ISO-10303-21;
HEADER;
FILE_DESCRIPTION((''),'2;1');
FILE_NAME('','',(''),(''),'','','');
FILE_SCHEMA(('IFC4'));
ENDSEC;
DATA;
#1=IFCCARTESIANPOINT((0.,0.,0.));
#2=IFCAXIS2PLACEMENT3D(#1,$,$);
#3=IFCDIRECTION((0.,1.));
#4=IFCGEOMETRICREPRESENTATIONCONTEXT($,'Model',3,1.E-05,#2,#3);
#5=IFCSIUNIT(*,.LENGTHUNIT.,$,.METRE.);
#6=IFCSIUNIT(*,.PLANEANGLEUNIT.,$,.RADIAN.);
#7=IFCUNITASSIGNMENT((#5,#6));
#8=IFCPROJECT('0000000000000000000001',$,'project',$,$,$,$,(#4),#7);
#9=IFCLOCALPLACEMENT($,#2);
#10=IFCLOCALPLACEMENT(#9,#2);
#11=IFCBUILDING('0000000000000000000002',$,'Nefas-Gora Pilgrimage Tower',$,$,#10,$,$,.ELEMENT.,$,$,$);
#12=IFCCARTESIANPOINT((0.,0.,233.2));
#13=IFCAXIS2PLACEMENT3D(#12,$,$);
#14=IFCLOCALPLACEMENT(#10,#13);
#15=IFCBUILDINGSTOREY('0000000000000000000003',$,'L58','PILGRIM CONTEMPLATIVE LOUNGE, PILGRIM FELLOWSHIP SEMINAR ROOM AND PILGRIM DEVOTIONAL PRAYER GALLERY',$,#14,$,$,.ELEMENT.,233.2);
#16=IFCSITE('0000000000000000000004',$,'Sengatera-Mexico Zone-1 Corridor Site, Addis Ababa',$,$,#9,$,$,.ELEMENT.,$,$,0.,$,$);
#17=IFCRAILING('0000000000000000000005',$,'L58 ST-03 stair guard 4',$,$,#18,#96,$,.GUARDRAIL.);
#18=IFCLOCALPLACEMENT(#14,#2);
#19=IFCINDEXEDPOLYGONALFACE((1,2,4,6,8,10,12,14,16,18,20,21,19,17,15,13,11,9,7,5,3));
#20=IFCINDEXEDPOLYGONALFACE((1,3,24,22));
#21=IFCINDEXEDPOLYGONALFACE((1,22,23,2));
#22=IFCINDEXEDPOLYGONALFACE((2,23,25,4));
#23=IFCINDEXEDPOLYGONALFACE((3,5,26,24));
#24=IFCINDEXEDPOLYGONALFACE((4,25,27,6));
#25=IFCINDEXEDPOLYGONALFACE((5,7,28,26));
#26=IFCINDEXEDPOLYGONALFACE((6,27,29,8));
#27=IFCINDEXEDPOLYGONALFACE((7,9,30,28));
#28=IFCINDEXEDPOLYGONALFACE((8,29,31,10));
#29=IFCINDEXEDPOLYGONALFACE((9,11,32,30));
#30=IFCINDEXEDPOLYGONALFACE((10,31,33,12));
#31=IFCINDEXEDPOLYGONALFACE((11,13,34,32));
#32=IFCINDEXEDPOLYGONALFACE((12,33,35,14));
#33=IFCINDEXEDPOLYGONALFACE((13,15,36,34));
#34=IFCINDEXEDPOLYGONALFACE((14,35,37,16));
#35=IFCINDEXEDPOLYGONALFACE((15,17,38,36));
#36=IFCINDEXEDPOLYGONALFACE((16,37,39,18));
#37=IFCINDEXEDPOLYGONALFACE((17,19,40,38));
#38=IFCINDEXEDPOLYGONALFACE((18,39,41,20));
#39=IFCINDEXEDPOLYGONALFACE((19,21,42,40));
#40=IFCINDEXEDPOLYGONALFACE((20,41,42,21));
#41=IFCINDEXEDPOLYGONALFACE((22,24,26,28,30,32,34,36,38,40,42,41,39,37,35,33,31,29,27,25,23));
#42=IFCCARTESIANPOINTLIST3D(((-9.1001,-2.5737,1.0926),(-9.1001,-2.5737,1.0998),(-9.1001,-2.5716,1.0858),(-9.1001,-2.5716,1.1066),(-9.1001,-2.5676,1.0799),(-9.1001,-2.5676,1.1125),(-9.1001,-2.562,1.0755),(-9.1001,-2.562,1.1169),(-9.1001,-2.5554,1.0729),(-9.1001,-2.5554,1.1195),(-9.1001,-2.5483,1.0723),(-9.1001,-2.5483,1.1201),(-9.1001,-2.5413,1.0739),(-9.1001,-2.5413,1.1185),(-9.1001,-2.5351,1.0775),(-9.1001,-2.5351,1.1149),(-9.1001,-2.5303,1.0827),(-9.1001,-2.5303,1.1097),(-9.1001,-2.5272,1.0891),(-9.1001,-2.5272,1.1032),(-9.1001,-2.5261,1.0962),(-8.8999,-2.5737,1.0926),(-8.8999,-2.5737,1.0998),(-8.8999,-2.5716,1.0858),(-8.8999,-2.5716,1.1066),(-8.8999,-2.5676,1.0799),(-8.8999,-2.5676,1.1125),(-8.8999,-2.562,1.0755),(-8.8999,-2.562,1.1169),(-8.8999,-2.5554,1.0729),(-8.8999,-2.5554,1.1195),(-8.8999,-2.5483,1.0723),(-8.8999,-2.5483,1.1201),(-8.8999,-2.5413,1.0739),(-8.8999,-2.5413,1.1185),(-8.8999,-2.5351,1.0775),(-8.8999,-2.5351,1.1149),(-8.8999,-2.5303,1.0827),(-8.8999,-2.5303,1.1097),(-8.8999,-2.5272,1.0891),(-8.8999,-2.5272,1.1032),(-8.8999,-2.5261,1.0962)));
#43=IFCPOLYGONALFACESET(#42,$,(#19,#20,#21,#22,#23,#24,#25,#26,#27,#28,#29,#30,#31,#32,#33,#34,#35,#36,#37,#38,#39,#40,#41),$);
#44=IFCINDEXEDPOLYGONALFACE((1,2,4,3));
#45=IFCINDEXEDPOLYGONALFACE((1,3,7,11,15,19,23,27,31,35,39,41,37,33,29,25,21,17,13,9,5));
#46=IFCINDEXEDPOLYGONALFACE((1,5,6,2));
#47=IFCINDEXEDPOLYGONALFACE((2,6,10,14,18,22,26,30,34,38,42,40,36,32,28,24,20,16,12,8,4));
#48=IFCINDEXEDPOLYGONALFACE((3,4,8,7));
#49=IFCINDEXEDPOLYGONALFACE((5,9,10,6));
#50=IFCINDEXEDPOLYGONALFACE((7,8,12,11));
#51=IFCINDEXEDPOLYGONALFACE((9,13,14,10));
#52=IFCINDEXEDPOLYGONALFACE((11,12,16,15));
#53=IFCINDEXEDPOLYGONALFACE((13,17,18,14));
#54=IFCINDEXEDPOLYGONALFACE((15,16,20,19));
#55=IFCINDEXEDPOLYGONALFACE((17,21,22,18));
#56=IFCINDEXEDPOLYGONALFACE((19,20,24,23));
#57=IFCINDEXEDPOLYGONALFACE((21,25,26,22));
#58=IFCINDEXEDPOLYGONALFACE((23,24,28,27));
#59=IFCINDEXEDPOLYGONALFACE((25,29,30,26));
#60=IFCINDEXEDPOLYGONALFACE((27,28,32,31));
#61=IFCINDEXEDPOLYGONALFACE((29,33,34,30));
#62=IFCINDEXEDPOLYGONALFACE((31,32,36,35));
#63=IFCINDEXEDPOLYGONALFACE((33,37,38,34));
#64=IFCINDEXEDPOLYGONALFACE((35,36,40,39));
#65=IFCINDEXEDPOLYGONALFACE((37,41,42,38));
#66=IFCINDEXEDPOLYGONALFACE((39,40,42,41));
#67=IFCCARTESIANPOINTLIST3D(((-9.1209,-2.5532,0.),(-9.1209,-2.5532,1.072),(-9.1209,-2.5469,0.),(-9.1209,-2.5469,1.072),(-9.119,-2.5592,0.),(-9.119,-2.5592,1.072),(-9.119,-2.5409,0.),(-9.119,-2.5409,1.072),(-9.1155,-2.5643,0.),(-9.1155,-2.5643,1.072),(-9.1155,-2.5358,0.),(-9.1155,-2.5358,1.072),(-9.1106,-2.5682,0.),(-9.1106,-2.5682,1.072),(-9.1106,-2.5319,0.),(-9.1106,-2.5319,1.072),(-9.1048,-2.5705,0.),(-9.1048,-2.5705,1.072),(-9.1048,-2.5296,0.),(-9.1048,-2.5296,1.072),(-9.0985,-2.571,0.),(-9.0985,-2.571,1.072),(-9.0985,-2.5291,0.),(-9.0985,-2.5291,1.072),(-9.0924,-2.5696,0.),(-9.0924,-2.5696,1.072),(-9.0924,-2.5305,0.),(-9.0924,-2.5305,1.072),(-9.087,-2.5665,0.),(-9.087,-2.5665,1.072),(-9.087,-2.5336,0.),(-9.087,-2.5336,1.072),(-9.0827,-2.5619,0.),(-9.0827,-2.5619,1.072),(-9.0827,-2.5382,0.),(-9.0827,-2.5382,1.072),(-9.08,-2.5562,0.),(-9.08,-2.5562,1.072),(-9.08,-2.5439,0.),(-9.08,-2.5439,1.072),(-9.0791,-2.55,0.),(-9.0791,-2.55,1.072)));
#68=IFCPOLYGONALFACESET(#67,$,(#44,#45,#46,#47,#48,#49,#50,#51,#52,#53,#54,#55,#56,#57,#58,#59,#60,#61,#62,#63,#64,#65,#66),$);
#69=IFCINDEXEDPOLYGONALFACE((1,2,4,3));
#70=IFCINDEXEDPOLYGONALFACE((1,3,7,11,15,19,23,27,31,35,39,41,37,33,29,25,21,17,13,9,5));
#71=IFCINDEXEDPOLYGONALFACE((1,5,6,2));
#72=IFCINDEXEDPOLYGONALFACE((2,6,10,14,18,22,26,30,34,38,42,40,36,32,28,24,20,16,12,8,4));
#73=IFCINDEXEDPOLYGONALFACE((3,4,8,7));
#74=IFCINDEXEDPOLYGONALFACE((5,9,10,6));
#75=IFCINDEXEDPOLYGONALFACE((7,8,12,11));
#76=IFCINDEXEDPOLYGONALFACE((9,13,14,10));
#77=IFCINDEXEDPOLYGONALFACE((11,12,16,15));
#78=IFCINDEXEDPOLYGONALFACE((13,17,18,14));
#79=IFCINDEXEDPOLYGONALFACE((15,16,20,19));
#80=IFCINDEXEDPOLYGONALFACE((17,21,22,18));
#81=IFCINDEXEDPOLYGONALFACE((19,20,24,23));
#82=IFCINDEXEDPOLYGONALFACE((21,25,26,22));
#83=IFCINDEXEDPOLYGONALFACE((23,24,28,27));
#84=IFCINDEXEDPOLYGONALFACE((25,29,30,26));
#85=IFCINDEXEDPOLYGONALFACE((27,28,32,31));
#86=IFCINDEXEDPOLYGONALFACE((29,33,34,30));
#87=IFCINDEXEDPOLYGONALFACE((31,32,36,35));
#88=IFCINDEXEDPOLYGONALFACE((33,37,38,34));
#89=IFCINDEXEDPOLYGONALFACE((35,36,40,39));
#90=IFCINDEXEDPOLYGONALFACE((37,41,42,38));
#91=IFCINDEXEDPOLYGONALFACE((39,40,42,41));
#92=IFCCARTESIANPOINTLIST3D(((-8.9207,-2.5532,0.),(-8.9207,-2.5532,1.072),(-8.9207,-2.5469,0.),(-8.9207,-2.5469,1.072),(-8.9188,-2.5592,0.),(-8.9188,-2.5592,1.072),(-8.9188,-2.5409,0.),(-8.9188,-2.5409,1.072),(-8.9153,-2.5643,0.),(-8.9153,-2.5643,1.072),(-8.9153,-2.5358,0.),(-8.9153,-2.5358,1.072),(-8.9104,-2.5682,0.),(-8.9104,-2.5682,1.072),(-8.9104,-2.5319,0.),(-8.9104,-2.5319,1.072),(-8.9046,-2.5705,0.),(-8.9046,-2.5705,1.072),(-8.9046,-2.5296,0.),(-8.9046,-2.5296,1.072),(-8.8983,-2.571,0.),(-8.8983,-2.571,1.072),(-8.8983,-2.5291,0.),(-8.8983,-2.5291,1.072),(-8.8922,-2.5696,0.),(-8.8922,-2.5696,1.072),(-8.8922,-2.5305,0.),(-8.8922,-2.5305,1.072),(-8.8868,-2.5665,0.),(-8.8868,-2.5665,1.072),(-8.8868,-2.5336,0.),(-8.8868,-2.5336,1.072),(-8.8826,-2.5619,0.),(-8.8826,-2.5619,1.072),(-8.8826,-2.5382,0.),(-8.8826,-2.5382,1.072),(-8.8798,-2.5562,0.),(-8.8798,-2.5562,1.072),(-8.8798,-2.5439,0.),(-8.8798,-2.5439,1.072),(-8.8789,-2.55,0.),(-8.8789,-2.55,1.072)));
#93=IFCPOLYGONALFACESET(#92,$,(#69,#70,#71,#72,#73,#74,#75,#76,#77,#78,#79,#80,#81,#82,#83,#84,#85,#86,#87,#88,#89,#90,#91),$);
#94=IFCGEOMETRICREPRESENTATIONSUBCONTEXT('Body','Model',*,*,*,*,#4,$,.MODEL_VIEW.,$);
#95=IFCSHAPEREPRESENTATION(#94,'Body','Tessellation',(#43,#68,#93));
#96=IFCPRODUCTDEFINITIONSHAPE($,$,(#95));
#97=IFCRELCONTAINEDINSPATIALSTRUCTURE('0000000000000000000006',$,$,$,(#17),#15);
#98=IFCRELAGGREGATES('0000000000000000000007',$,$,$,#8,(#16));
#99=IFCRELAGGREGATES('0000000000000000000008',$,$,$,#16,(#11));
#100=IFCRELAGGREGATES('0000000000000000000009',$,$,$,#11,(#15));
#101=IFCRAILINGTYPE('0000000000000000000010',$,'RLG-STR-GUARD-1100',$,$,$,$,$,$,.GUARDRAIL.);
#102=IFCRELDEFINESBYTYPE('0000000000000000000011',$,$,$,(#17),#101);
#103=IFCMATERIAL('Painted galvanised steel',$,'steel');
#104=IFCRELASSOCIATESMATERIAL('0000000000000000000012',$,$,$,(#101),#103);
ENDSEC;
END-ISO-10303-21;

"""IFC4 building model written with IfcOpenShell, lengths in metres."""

from ifc_helpers import new_model, si_unit, direction, frame, origin, origin_2d, place, context, subcontext, project, spatial, circle, extrude, material, type_object, element, save


model = new_model("IFC4")

# Units and contexts
model_context = context("Model", 3, precision=1e-05, world=origin(), true_north=direction((0.0, 1.0)))
body_context = subcontext(model_context, "Body", "Model", "MODEL_VIEW")
ifc_project = project(units=[si_unit("LENGTHUNIT", "METRE"), si_unit("PLANEANGLEUNIT", "RADIAN")], contexts=[model_context])

# Site, building, storey
site_placement = place(None, origin())
site = spatial("IfcSite", under=ifc_project, at=site_placement, Name="Sengatera-Mexico Zone-1 Corridor Site, Addis Ababa", CompositionType="ELEMENT", RefElevation=0.0)
building_placement = place(site_placement, origin())
building = spatial("IfcBuilding", under=site, at=building_placement, Name="Nefas-Gora Pilgrimage Tower", CompositionType="ELEMENT")
storey_placement = place(building_placement, frame((0.0, 0.0, 233.2)))
storey = spatial("IfcBuildingStorey", under=building, at=storey_placement, Name="L58", Description="PILGRIM CONTEMPLATIVE LOUNGE, PILGRIM FELLOWSHIP SEMINAR ROOM AND PILGRIM DEVOTIONAL PRAYER GALLERY", CompositionType="ELEMENT", Elevation=233.2)

# Railing
ifc_material_1 = material(Name="Painted galvanised steel", Category="steel")
railing_type_1 = type_object("IfcRailingType", Name="RLG-STR-GUARD-1100", PredefinedType="GUARDRAIL", material=ifc_material_1)
railing_1_placement = place(storey_placement, frame((-9.1001, -2.55, 0.0)))
element("IfcRailing", 1, at=railing_1_placement, inside=storey, type_object=railing_type_1, Name="L58 ST-03 stair guard 4", PredefinedType="GUARDRAIL", context=body_context, shape_type="SweptSolid", body=[
    extrude(circle(Radius=0.0239, at=origin_2d()), frame((0.0, 0.0, 1.0962), z_axis=(1.0, 0.0, 0.0), x_axis=(0.0, 1.0, 0.0)), (0.0, 0.0, 1.0), 0.2002),
    extrude(circle(Radius=0.021, at=origin_2d()), origin(), (0.0, 0.0, 1.0), 1.072),
    extrude(circle(Radius=0.021, at=origin_2d()), frame((0.2002, 0.0, 0.0)), (0.0, 0.0, 1.0), 1.072),
])

save(model, "model.ifc")
